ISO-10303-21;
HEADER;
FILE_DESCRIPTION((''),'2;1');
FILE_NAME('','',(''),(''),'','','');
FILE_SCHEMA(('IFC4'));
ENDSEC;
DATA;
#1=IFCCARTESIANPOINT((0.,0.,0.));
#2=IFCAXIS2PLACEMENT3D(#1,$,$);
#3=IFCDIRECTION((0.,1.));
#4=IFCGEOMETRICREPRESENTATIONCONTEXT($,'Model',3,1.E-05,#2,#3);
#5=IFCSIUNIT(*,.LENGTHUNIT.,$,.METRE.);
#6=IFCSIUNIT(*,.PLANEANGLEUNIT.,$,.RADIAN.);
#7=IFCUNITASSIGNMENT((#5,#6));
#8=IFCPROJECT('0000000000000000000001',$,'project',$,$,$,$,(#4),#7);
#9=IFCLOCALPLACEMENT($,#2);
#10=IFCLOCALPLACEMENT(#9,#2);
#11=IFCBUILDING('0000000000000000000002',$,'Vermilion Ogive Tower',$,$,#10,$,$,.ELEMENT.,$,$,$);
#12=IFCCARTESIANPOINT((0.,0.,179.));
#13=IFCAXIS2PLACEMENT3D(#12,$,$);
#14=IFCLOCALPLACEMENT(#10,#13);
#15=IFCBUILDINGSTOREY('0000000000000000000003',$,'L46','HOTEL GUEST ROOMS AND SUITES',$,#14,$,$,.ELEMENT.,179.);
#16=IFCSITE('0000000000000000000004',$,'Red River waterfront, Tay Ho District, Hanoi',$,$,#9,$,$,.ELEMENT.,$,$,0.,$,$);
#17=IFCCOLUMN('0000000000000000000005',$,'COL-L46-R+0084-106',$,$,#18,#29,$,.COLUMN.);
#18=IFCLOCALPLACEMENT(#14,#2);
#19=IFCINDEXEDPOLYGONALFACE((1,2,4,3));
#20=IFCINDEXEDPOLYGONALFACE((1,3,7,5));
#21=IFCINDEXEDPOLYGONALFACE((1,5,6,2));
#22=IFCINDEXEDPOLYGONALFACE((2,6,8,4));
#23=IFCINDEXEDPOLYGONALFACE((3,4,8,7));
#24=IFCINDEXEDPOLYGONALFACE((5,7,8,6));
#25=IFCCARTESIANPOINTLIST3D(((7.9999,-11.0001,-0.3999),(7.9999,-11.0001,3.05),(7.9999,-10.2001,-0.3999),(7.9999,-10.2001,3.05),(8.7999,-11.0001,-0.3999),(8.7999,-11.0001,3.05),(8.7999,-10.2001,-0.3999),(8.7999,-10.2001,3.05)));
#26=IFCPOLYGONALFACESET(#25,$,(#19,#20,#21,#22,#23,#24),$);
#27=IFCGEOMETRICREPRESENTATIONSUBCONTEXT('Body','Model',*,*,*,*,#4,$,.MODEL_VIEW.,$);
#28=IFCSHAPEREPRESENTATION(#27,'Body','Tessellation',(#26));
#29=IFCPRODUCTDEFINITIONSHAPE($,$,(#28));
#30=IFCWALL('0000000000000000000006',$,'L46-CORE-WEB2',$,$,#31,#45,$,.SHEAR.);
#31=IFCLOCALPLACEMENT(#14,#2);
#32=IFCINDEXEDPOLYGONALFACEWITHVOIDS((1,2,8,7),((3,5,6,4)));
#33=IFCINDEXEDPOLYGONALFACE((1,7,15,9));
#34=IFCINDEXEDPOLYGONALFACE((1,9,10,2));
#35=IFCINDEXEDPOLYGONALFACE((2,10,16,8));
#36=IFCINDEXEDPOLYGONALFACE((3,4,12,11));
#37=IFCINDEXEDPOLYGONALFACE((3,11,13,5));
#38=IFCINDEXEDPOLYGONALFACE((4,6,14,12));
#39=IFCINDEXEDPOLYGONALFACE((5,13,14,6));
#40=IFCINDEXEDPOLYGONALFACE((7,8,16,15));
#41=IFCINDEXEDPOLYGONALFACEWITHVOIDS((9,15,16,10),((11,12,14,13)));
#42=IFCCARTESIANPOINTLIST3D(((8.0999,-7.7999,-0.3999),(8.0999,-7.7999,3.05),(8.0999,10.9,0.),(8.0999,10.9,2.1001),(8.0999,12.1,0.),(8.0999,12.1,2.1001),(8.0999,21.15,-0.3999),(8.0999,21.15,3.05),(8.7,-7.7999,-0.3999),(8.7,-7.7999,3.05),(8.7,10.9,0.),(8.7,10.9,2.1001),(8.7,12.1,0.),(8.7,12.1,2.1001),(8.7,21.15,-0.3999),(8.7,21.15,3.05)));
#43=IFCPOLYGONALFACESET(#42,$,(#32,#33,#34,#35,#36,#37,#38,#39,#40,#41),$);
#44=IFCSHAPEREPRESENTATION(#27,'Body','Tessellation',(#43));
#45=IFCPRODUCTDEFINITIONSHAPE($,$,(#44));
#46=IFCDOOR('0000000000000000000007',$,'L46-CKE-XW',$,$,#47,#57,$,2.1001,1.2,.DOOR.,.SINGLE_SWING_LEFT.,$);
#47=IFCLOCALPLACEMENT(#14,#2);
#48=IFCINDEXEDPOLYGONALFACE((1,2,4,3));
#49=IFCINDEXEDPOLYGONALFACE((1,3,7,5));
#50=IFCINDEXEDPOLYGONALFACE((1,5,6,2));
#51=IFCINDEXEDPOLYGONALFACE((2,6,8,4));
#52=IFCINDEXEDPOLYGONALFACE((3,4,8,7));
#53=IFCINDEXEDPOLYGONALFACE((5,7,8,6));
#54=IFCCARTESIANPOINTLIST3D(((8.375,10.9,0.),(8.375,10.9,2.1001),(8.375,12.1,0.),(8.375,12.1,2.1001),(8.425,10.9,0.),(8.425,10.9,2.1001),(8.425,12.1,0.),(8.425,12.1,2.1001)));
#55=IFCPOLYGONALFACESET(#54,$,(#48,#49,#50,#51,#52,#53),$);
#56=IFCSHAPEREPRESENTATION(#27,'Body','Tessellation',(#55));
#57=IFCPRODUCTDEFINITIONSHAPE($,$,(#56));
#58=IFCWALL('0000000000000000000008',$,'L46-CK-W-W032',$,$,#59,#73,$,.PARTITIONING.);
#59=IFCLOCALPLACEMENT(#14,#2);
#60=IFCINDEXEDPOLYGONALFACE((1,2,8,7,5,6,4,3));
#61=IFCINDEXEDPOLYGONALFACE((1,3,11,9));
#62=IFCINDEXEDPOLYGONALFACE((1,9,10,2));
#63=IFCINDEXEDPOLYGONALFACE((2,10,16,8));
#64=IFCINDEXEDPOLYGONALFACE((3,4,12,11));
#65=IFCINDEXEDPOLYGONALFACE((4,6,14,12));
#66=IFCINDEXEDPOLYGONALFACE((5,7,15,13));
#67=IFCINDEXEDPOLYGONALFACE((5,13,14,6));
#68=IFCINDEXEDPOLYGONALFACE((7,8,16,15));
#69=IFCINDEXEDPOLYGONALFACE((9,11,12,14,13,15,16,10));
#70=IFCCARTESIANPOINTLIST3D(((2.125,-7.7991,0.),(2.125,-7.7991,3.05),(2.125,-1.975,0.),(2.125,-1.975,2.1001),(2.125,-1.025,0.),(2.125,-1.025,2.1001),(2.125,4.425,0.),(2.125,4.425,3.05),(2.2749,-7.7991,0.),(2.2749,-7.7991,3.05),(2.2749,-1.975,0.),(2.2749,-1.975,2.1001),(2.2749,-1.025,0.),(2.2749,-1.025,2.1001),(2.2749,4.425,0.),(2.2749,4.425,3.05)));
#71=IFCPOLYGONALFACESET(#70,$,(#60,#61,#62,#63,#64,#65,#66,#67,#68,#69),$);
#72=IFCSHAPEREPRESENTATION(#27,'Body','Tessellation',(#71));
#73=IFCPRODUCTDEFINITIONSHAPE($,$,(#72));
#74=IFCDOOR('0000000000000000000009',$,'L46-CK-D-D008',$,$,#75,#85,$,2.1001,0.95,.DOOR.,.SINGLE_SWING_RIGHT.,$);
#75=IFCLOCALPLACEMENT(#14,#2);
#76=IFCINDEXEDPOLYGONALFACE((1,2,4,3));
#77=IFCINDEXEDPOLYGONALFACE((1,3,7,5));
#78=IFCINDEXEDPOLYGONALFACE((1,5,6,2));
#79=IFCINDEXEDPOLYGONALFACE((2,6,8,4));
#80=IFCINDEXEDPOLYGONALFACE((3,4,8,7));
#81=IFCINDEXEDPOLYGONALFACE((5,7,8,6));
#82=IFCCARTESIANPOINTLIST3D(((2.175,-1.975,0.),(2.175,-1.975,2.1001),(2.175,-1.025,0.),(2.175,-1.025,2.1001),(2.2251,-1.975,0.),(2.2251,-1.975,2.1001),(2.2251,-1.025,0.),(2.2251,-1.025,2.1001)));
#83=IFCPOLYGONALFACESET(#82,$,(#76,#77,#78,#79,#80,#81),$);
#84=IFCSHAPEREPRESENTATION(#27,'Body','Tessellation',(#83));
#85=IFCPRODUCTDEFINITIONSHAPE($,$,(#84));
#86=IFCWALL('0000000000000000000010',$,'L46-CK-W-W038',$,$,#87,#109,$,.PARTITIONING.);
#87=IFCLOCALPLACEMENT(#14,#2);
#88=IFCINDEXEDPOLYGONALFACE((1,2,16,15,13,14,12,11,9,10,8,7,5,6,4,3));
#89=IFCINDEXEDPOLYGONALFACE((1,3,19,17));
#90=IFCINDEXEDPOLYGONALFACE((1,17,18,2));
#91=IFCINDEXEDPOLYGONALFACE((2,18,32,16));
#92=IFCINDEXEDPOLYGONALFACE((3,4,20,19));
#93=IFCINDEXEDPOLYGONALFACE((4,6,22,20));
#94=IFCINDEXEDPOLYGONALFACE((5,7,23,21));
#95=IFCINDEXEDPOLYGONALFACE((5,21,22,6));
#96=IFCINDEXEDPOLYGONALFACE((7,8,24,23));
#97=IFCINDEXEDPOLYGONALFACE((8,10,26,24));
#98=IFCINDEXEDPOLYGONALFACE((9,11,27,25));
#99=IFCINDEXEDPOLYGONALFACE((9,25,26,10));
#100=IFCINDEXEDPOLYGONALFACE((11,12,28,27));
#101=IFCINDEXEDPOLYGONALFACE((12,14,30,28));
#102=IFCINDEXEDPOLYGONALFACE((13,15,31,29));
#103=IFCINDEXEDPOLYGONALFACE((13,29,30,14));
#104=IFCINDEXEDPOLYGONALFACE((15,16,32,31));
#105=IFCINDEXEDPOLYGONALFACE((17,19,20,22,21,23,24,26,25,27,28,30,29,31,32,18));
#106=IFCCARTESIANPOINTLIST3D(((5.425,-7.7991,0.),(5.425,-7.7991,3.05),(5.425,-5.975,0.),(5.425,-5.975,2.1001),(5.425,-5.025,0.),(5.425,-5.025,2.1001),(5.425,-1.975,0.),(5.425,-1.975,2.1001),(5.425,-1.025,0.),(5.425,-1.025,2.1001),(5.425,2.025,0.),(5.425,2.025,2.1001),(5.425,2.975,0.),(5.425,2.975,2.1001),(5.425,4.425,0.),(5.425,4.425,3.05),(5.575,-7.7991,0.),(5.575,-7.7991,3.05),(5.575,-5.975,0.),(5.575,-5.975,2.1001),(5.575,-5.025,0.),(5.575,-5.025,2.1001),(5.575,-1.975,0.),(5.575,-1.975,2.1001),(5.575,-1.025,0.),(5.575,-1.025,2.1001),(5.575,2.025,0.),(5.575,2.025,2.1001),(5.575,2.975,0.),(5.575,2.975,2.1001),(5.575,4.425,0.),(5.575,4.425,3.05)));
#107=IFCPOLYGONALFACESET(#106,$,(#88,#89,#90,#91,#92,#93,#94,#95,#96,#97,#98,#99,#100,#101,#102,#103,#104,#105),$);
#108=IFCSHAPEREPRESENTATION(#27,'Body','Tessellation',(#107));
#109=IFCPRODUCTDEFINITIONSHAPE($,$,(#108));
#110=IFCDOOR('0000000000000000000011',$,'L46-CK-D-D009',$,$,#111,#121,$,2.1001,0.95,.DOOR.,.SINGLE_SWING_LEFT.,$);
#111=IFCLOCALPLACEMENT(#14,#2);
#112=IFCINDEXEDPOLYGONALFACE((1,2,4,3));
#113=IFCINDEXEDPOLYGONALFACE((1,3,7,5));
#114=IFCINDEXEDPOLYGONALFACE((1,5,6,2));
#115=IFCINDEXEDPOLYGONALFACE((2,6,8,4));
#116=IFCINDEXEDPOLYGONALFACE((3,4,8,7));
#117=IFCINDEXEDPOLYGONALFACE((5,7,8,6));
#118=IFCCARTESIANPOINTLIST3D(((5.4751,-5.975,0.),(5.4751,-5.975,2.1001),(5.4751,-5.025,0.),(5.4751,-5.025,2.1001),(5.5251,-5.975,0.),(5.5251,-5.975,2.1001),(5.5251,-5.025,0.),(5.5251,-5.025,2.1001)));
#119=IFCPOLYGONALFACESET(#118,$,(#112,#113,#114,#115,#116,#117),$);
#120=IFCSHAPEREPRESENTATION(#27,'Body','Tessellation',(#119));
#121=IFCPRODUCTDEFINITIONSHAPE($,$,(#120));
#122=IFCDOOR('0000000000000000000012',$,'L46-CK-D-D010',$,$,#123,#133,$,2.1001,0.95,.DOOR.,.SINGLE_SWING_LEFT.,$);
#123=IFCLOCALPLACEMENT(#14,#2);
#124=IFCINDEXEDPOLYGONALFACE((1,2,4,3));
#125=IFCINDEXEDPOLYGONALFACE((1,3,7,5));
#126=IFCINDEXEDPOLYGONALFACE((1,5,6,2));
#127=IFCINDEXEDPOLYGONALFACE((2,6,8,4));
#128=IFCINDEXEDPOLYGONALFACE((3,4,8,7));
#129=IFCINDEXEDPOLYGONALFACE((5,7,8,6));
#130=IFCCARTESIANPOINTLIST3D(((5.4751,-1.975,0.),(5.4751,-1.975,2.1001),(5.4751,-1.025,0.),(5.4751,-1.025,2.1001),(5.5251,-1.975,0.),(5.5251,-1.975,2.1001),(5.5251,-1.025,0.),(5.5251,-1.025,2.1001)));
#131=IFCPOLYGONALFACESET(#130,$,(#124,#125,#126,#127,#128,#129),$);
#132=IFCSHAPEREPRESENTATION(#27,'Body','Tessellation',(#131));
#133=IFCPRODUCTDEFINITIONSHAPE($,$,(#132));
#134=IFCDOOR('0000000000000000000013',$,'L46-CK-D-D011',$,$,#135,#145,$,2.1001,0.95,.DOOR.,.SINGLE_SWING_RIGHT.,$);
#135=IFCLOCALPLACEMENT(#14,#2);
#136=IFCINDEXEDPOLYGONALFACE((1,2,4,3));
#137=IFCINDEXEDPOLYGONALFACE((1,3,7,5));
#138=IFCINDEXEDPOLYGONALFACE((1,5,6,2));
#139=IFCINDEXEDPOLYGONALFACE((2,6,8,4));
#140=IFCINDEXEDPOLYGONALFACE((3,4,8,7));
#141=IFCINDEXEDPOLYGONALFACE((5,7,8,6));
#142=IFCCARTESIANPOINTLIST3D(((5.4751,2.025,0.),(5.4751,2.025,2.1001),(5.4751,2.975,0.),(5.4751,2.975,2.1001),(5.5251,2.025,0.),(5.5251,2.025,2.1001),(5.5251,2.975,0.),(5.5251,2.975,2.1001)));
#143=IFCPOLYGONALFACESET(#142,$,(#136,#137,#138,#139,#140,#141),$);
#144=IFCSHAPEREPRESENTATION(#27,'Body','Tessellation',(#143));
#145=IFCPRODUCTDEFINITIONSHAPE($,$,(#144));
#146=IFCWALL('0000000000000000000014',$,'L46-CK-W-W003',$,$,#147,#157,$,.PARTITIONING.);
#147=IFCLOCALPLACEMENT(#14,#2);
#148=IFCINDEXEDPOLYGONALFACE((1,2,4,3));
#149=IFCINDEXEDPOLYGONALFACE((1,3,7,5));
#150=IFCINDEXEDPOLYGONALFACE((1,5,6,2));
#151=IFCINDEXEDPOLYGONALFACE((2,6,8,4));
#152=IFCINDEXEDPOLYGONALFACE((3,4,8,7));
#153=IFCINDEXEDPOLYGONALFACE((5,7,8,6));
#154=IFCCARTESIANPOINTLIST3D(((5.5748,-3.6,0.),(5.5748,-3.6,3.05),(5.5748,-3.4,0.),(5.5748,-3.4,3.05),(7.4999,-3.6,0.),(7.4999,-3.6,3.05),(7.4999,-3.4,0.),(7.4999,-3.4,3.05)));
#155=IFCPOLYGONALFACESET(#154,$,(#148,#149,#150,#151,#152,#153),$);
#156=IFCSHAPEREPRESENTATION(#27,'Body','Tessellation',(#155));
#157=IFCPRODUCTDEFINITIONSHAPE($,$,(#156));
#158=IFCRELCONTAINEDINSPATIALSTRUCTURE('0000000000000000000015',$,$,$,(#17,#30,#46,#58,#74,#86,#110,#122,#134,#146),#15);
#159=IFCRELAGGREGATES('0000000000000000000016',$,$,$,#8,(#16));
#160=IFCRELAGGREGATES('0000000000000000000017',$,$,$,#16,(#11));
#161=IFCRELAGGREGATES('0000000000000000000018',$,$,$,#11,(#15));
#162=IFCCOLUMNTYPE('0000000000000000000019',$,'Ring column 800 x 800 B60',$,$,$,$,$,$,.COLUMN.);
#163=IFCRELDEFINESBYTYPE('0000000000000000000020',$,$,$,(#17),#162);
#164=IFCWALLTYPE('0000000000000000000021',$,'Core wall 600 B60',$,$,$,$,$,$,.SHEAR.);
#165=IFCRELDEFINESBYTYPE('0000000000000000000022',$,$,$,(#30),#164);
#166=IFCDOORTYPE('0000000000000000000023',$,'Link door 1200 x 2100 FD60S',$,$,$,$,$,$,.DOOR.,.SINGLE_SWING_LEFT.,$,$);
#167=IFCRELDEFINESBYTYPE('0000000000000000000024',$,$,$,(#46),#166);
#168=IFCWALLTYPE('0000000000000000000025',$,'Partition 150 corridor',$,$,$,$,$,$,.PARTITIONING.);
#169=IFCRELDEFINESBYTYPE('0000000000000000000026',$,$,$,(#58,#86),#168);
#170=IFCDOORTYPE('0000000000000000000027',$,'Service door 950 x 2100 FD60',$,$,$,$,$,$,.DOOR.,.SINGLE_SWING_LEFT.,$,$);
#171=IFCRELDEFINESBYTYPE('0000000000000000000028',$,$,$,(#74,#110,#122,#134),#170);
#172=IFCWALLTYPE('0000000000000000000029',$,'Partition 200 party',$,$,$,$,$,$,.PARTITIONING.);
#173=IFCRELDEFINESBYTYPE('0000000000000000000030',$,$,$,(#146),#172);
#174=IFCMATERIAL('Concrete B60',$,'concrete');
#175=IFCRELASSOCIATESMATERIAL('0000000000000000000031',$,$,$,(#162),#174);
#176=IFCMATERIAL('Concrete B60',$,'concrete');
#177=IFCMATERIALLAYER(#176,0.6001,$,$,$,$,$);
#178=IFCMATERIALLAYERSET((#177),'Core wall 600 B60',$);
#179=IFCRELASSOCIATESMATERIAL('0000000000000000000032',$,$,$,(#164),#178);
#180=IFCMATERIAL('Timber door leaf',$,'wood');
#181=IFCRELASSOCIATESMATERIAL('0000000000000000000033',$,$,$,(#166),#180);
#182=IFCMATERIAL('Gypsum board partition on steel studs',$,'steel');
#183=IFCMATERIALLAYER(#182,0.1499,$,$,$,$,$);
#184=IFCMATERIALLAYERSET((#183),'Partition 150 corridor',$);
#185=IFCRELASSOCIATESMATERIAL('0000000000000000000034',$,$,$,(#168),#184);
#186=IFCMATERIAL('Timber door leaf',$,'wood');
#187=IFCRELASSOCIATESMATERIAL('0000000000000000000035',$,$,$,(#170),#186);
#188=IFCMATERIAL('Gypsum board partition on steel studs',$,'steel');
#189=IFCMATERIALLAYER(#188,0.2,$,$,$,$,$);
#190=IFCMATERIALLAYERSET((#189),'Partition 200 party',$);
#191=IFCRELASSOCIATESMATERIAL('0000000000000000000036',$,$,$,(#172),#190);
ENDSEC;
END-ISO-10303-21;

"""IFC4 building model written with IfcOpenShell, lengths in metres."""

from ifc_helpers import new_model, si_unit, direction, frame, frame_2d, origin, origin_2d, place, context, subcontext, project, spatial, rectangle, extrude, material, layer, layer_set, material_profile, profile_set, type_object, element, fill, save


model = new_model("IFC4")

# Units and contexts
model_context = context("Model", 3, precision=1e-05, world=origin(), true_north=direction((0.0, 1.0)))
body_context = subcontext(model_context, "Body", "Model", "MODEL_VIEW")
ifc_project = project(units=[si_unit("LENGTHUNIT", "METRE"), si_unit("PLANEANGLEUNIT", "RADIAN")], contexts=[model_context])

# Site, building, storey
site_placement = place(None, origin())
site = spatial("IfcSite", under=ifc_project, at=site_placement, Name="Red River waterfront, Tay Ho District, Hanoi", CompositionType="ELEMENT", RefElevation=0.0)
building_placement = place(site_placement, origin())
building = spatial("IfcBuilding", under=site, at=building_placement, Name="Vermilion Ogive Tower", CompositionType="ELEMENT")
storey_placement = place(building_placement, frame((0.0, 0.0, 179.0)))
storey = spatial("IfcBuildingStorey", under=building, at=storey_placement, Name="L46", Description="HOTEL GUEST ROOMS AND SUITES", CompositionType="ELEMENT", Elevation=179.0)

# Column
ifc_material_1 = material(Name="Concrete B60", Category="concrete")
ifc_material_profile = material_profile(ifc_material_1, rectangle(XDim=0.8, YDim=0.8, at=origin_2d()), Name="800 x 800")
ifc_profile_set = profile_set([ifc_material_profile], Name="Concrete B60")
column_type = type_object("IfcColumnType", Name="Ring column 800 x 800 B60", PredefinedType="COLUMN", material=ifc_profile_set)
column_placement = place(storey_placement, frame((8.3999, -10.6001, -0.3999), z_axis=(0.0, 0.0, 1.0), x_axis=(1.0, 0.0, 0.0)))
element("IfcColumn", 1, at=column_placement, inside=storey, type_object=column_type, Name="COL-L46-R+0084-106", PredefinedType="COLUMN", context=body_context, shape_type="SweptSolid", body=[
    extrude(rectangle(XDim=0.8, YDim=0.8, at=origin_2d()), origin(), (0.0, 0.0, 1.0), 3.45),
])

# Walls, openings, doors
ifc_material_2 = material(Name="Concrete B60", Category="concrete")
ifc_layer_1 = layer(ifc_material_2, 0.6001)
ifc_layer_set_1 = layer_set([ifc_layer_1], Name="Core wall 600 B60")
wall_type_1 = type_object("IfcWallType", Name="Core wall 600 B60", PredefinedType="SHEAR", material=ifc_layer_set_1)
wall_1_placement = place(storey_placement, frame((8.3999, -7.8, -0.3999), z_axis=(0.0, 0.0, 1.0), x_axis=(0.0, 1.0, 0.0)))
wall_1 = element("IfcWall", 2, at=wall_1_placement, inside=storey, type_object=wall_type_1, Name="L46-CORE-WEB2", PredefinedType="SHEAR", context=body_context, shape_type="SweptSolid", body=[
    extrude(rectangle(XDim=28.95, YDim=0.6001, at=frame_2d((14.4751, 0.0))), origin(), (0.0, 0.0, 1.0), 3.45),
])
opening_1_placement = place(wall_1_placement, frame((18.7, 0.0, 0.3999)))
opening_1 = element("IfcOpeningElement", 3, at=opening_1_placement, cuts=wall_1, PredefinedType="OPENING", context=body_context, shape_type="SweptSolid", body=[
    extrude(rectangle(XDim=1.2, YDim=2.1001, at=frame_2d((0.6001, 1.05))), frame((0.0, 0.3101, 0.0), z_axis=(0.0, -1.0, 0.0), x_axis=(1.0, 0.0, 0.0)), (0.0, 0.0, 1.0), 0.6201),
])
ifc_material_3 = material(Name="Timber door leaf", Category="wood")
door_type_1 = type_object("IfcDoorType", Name="Link door 1200 x 2100 FD60S", OperationType="SINGLE_SWING_LEFT", PredefinedType="DOOR", material=ifc_material_3)
door_1_placement = place(opening_1_placement, origin())
door_1 = element("IfcDoor", 4, at=door_1_placement, inside=storey, type_object=door_type_1, Name="L46-CKE-XW", OperationType="SINGLE_SWING_LEFT", OverallHeight=2.1001, OverallWidth=1.2, PredefinedType="DOOR", context=body_context, shape_type="SweptSolid", body=[
    extrude(rectangle(XDim=1.2, YDim=2.1001, at=frame_2d((0.6001, 1.05))), frame((0.0, 0.0249, 0.0), z_axis=(0.0, -1.0, 0.0), x_axis=(1.0, 0.0, 0.0)), (0.0, 0.0, 1.0), 0.05),
])
fill(opening_1, door_1)
ifc_material_4 = material(Name="Gypsum board partition on steel studs", Category="steel")
ifc_layer_2 = layer(ifc_material_4, 0.1499)
ifc_layer_set_2 = layer_set([ifc_layer_2], Name="Partition 150 corridor")
wall_type_2 = type_object("IfcWallType", Name="Partition 150 corridor", PredefinedType="PARTITIONING", material=ifc_layer_set_2)
wall_2_placement = place(storey_placement, frame((2.2, -7.7991, 0.0), z_axis=(0.0, 0.0, 1.0), x_axis=(0.0, 1.0, 0.0)))
wall_2 = element("IfcWall", 5, at=wall_2_placement, inside=storey, type_object=wall_type_2, Name="L46-CK-W-W032", PredefinedType="PARTITIONING", context=body_context, shape_type="SweptSolid", body=[
    extrude(rectangle(XDim=12.2241, YDim=0.1499, at=frame_2d((6.1121, 0.0))), origin(), (0.0, 0.0, 1.0), 3.05),
])
opening_2_placement = place(wall_2_placement, frame((5.824, 0.0, 0.0)))
opening_2 = element("IfcOpeningElement", 6, at=opening_2_placement, cuts=wall_2, PredefinedType="OPENING", context=body_context, shape_type="SweptSolid", body=[
    extrude(rectangle(XDim=0.95, YDim=2.1001, at=frame_2d((0.4751, 1.05))), frame((0.0, 0.085, 0.0), z_axis=(0.0, -1.0, 0.0), x_axis=(1.0, 0.0, 0.0)), (0.0, 0.0, 1.0), 0.1699),
])
ifc_material_5 = material(Name="Timber door leaf", Category="wood")
door_type_2 = type_object("IfcDoorType", Name="Service door 950 x 2100 FD60", OperationType="SINGLE_SWING_LEFT", PredefinedType="DOOR", material=ifc_material_5)
door_2_placement = place(opening_2_placement, origin())
door_2 = element("IfcDoor", 7, at=door_2_placement, inside=storey, type_object=door_type_2, Name="L46-CK-D-D008", OperationType="SINGLE_SWING_RIGHT", OverallHeight=2.1001, OverallWidth=0.95, PredefinedType="DOOR", context=body_context, shape_type="SweptSolid", body=[
    extrude(rectangle(XDim=0.95, YDim=2.1001, at=frame_2d((0.4751, 1.05))), frame((0.0, 0.0249, 0.0), z_axis=(0.0, -1.0, 0.0), x_axis=(1.0, 0.0, 0.0)), (0.0, 0.0, 1.0), 0.05),
])
fill(opening_2, door_2)

# Wall, openings, doors
wall_3_placement = place(storey_placement, frame((5.5, -7.7991, 0.0), z_axis=(0.0, 0.0, 1.0), x_axis=(0.0, 1.0, 0.0)))
wall_3 = element("IfcWall", 8, at=wall_3_placement, inside=storey, type_object=wall_type_2, Name="L46-CK-W-W038", PredefinedType="PARTITIONING", context=body_context, shape_type="SweptSolid", body=[
    extrude(rectangle(XDim=12.2241, YDim=0.1499, at=frame_2d((6.1121, 0.0))), origin(), (0.0, 0.0, 1.0), 3.05),
])
opening_3_placement = place(wall_3_placement, frame((1.824, 0.0, 0.0)))
opening_3 = element("IfcOpeningElement", 9, at=opening_3_placement, cuts=wall_3, PredefinedType="OPENING", context=body_context, shape_type="SweptSolid", body=[
    extrude(rectangle(XDim=0.95, YDim=2.1001, at=frame_2d((0.4751, 1.05))), frame((0.0, 0.085, 0.0), z_axis=(0.0, -1.0, 0.0), x_axis=(1.0, 0.0, 0.0)), (0.0, 0.0, 1.0), 0.1699),
])
opening_4_placement = place(wall_3_placement, frame((5.824, 0.0, 0.0)))
opening_4 = element("IfcOpeningElement", 10, at=opening_4_placement, cuts=wall_3, PredefinedType="OPENING", context=body_context, shape_type="SweptSolid", body=[
    extrude(rectangle(XDim=0.95, YDim=2.1001, at=frame_2d((0.4751, 1.05))), frame((0.0, 0.085, 0.0), z_axis=(0.0, -1.0, 0.0), x_axis=(1.0, 0.0, 0.0)), (0.0, 0.0, 1.0), 0.1699),
])
opening_5_placement = place(wall_3_placement, frame((9.824, 0.0, 0.0)))
opening_5 = element("IfcOpeningElement", 11, at=opening_5_placement, cuts=wall_3, PredefinedType="OPENING", context=body_context, shape_type="SweptSolid", body=[
    extrude(rectangle(XDim=0.95, YDim=2.1001, at=frame_2d((0.4751, 1.05))), frame((0.0, 0.085, 0.0), z_axis=(0.0, -1.0, 0.0), x_axis=(1.0, 0.0, 0.0)), (0.0, 0.0, 1.0), 0.1699),
])
door_3_placement = place(opening_3_placement, origin())
door_3 = element("IfcDoor", 12, at=door_3_placement, inside=storey, type_object=door_type_2, Name="L46-CK-D-D009", OperationType="SINGLE_SWING_LEFT", OverallHeight=2.1001, OverallWidth=0.95, PredefinedType="DOOR", context=body_context, shape_type="SweptSolid", body=[
    extrude(rectangle(XDim=0.95, YDim=2.1001, at=frame_2d((0.4751, 1.05))), frame((0.0, 0.0249, 0.0), z_axis=(0.0, -1.0, 0.0), x_axis=(1.0, 0.0, 0.0)), (0.0, 0.0, 1.0), 0.05),
])
fill(opening_3, door_3)
door_4_placement = place(opening_4_placement, origin())
door_4 = element("IfcDoor", 13, at=door_4_placement, inside=storey, type_object=door_type_2, Name="L46-CK-D-D010", OperationType="SINGLE_SWING_LEFT", OverallHeight=2.1001, OverallWidth=0.95, PredefinedType="DOOR", context=body_context, shape_type="SweptSolid", body=[
    extrude(rectangle(XDim=0.95, YDim=2.1001, at=frame_2d((0.4751, 1.05))), frame((0.0, 0.0249, 0.0), z_axis=(0.0, -1.0, 0.0), x_axis=(1.0, 0.0, 0.0)), (0.0, 0.0, 1.0), 0.05),
])
fill(opening_4, door_4)
door_5_placement = place(opening_5_placement, origin())
door_5 = element("IfcDoor", 14, at=door_5_placement, inside=storey, type_object=door_type_2, Name="L46-CK-D-D011", OperationType="SINGLE_SWING_RIGHT", OverallHeight=2.1001, OverallWidth=0.95, PredefinedType="DOOR", context=body_context, shape_type="SweptSolid", body=[
    extrude(rectangle(XDim=0.95, YDim=2.1001, at=frame_2d((0.4751, 1.05))), frame((0.0, 0.0249, 0.0), z_axis=(0.0, -1.0, 0.0), x_axis=(1.0, 0.0, 0.0)), (0.0, 0.0, 1.0), 0.05),
])
fill(opening_5, door_5)

# Wall
ifc_material_6 = material(Name="Gypsum board partition on steel studs", Category="steel")
ifc_layer_3 = layer(ifc_material_6, 0.2)
ifc_layer_set_3 = layer_set([ifc_layer_3], Name="Partition 200 party")
wall_type_3 = type_object("IfcWallType", Name="Partition 200 party", PredefinedType="PARTITIONING", material=ifc_layer_set_3)
wall_4_placement = place(storey_placement, frame((5.575, -3.5, 0.0), z_axis=(0.0, 0.0, 1.0), x_axis=(1.0, 0.0, 0.0)))
element("IfcWall", 15, at=wall_4_placement, inside=storey, type_object=wall_type_3, Name="L46-CK-W-W003", PredefinedType="PARTITIONING", context=body_context, shape_type="SweptSolid", body=[
    extrude(rectangle(XDim=1.925, YDim=0.2, at=frame_2d((0.9624, 0.0))), origin(), (0.0, 0.0, 1.0), 3.05),
])

save(model, "model.ifc")
